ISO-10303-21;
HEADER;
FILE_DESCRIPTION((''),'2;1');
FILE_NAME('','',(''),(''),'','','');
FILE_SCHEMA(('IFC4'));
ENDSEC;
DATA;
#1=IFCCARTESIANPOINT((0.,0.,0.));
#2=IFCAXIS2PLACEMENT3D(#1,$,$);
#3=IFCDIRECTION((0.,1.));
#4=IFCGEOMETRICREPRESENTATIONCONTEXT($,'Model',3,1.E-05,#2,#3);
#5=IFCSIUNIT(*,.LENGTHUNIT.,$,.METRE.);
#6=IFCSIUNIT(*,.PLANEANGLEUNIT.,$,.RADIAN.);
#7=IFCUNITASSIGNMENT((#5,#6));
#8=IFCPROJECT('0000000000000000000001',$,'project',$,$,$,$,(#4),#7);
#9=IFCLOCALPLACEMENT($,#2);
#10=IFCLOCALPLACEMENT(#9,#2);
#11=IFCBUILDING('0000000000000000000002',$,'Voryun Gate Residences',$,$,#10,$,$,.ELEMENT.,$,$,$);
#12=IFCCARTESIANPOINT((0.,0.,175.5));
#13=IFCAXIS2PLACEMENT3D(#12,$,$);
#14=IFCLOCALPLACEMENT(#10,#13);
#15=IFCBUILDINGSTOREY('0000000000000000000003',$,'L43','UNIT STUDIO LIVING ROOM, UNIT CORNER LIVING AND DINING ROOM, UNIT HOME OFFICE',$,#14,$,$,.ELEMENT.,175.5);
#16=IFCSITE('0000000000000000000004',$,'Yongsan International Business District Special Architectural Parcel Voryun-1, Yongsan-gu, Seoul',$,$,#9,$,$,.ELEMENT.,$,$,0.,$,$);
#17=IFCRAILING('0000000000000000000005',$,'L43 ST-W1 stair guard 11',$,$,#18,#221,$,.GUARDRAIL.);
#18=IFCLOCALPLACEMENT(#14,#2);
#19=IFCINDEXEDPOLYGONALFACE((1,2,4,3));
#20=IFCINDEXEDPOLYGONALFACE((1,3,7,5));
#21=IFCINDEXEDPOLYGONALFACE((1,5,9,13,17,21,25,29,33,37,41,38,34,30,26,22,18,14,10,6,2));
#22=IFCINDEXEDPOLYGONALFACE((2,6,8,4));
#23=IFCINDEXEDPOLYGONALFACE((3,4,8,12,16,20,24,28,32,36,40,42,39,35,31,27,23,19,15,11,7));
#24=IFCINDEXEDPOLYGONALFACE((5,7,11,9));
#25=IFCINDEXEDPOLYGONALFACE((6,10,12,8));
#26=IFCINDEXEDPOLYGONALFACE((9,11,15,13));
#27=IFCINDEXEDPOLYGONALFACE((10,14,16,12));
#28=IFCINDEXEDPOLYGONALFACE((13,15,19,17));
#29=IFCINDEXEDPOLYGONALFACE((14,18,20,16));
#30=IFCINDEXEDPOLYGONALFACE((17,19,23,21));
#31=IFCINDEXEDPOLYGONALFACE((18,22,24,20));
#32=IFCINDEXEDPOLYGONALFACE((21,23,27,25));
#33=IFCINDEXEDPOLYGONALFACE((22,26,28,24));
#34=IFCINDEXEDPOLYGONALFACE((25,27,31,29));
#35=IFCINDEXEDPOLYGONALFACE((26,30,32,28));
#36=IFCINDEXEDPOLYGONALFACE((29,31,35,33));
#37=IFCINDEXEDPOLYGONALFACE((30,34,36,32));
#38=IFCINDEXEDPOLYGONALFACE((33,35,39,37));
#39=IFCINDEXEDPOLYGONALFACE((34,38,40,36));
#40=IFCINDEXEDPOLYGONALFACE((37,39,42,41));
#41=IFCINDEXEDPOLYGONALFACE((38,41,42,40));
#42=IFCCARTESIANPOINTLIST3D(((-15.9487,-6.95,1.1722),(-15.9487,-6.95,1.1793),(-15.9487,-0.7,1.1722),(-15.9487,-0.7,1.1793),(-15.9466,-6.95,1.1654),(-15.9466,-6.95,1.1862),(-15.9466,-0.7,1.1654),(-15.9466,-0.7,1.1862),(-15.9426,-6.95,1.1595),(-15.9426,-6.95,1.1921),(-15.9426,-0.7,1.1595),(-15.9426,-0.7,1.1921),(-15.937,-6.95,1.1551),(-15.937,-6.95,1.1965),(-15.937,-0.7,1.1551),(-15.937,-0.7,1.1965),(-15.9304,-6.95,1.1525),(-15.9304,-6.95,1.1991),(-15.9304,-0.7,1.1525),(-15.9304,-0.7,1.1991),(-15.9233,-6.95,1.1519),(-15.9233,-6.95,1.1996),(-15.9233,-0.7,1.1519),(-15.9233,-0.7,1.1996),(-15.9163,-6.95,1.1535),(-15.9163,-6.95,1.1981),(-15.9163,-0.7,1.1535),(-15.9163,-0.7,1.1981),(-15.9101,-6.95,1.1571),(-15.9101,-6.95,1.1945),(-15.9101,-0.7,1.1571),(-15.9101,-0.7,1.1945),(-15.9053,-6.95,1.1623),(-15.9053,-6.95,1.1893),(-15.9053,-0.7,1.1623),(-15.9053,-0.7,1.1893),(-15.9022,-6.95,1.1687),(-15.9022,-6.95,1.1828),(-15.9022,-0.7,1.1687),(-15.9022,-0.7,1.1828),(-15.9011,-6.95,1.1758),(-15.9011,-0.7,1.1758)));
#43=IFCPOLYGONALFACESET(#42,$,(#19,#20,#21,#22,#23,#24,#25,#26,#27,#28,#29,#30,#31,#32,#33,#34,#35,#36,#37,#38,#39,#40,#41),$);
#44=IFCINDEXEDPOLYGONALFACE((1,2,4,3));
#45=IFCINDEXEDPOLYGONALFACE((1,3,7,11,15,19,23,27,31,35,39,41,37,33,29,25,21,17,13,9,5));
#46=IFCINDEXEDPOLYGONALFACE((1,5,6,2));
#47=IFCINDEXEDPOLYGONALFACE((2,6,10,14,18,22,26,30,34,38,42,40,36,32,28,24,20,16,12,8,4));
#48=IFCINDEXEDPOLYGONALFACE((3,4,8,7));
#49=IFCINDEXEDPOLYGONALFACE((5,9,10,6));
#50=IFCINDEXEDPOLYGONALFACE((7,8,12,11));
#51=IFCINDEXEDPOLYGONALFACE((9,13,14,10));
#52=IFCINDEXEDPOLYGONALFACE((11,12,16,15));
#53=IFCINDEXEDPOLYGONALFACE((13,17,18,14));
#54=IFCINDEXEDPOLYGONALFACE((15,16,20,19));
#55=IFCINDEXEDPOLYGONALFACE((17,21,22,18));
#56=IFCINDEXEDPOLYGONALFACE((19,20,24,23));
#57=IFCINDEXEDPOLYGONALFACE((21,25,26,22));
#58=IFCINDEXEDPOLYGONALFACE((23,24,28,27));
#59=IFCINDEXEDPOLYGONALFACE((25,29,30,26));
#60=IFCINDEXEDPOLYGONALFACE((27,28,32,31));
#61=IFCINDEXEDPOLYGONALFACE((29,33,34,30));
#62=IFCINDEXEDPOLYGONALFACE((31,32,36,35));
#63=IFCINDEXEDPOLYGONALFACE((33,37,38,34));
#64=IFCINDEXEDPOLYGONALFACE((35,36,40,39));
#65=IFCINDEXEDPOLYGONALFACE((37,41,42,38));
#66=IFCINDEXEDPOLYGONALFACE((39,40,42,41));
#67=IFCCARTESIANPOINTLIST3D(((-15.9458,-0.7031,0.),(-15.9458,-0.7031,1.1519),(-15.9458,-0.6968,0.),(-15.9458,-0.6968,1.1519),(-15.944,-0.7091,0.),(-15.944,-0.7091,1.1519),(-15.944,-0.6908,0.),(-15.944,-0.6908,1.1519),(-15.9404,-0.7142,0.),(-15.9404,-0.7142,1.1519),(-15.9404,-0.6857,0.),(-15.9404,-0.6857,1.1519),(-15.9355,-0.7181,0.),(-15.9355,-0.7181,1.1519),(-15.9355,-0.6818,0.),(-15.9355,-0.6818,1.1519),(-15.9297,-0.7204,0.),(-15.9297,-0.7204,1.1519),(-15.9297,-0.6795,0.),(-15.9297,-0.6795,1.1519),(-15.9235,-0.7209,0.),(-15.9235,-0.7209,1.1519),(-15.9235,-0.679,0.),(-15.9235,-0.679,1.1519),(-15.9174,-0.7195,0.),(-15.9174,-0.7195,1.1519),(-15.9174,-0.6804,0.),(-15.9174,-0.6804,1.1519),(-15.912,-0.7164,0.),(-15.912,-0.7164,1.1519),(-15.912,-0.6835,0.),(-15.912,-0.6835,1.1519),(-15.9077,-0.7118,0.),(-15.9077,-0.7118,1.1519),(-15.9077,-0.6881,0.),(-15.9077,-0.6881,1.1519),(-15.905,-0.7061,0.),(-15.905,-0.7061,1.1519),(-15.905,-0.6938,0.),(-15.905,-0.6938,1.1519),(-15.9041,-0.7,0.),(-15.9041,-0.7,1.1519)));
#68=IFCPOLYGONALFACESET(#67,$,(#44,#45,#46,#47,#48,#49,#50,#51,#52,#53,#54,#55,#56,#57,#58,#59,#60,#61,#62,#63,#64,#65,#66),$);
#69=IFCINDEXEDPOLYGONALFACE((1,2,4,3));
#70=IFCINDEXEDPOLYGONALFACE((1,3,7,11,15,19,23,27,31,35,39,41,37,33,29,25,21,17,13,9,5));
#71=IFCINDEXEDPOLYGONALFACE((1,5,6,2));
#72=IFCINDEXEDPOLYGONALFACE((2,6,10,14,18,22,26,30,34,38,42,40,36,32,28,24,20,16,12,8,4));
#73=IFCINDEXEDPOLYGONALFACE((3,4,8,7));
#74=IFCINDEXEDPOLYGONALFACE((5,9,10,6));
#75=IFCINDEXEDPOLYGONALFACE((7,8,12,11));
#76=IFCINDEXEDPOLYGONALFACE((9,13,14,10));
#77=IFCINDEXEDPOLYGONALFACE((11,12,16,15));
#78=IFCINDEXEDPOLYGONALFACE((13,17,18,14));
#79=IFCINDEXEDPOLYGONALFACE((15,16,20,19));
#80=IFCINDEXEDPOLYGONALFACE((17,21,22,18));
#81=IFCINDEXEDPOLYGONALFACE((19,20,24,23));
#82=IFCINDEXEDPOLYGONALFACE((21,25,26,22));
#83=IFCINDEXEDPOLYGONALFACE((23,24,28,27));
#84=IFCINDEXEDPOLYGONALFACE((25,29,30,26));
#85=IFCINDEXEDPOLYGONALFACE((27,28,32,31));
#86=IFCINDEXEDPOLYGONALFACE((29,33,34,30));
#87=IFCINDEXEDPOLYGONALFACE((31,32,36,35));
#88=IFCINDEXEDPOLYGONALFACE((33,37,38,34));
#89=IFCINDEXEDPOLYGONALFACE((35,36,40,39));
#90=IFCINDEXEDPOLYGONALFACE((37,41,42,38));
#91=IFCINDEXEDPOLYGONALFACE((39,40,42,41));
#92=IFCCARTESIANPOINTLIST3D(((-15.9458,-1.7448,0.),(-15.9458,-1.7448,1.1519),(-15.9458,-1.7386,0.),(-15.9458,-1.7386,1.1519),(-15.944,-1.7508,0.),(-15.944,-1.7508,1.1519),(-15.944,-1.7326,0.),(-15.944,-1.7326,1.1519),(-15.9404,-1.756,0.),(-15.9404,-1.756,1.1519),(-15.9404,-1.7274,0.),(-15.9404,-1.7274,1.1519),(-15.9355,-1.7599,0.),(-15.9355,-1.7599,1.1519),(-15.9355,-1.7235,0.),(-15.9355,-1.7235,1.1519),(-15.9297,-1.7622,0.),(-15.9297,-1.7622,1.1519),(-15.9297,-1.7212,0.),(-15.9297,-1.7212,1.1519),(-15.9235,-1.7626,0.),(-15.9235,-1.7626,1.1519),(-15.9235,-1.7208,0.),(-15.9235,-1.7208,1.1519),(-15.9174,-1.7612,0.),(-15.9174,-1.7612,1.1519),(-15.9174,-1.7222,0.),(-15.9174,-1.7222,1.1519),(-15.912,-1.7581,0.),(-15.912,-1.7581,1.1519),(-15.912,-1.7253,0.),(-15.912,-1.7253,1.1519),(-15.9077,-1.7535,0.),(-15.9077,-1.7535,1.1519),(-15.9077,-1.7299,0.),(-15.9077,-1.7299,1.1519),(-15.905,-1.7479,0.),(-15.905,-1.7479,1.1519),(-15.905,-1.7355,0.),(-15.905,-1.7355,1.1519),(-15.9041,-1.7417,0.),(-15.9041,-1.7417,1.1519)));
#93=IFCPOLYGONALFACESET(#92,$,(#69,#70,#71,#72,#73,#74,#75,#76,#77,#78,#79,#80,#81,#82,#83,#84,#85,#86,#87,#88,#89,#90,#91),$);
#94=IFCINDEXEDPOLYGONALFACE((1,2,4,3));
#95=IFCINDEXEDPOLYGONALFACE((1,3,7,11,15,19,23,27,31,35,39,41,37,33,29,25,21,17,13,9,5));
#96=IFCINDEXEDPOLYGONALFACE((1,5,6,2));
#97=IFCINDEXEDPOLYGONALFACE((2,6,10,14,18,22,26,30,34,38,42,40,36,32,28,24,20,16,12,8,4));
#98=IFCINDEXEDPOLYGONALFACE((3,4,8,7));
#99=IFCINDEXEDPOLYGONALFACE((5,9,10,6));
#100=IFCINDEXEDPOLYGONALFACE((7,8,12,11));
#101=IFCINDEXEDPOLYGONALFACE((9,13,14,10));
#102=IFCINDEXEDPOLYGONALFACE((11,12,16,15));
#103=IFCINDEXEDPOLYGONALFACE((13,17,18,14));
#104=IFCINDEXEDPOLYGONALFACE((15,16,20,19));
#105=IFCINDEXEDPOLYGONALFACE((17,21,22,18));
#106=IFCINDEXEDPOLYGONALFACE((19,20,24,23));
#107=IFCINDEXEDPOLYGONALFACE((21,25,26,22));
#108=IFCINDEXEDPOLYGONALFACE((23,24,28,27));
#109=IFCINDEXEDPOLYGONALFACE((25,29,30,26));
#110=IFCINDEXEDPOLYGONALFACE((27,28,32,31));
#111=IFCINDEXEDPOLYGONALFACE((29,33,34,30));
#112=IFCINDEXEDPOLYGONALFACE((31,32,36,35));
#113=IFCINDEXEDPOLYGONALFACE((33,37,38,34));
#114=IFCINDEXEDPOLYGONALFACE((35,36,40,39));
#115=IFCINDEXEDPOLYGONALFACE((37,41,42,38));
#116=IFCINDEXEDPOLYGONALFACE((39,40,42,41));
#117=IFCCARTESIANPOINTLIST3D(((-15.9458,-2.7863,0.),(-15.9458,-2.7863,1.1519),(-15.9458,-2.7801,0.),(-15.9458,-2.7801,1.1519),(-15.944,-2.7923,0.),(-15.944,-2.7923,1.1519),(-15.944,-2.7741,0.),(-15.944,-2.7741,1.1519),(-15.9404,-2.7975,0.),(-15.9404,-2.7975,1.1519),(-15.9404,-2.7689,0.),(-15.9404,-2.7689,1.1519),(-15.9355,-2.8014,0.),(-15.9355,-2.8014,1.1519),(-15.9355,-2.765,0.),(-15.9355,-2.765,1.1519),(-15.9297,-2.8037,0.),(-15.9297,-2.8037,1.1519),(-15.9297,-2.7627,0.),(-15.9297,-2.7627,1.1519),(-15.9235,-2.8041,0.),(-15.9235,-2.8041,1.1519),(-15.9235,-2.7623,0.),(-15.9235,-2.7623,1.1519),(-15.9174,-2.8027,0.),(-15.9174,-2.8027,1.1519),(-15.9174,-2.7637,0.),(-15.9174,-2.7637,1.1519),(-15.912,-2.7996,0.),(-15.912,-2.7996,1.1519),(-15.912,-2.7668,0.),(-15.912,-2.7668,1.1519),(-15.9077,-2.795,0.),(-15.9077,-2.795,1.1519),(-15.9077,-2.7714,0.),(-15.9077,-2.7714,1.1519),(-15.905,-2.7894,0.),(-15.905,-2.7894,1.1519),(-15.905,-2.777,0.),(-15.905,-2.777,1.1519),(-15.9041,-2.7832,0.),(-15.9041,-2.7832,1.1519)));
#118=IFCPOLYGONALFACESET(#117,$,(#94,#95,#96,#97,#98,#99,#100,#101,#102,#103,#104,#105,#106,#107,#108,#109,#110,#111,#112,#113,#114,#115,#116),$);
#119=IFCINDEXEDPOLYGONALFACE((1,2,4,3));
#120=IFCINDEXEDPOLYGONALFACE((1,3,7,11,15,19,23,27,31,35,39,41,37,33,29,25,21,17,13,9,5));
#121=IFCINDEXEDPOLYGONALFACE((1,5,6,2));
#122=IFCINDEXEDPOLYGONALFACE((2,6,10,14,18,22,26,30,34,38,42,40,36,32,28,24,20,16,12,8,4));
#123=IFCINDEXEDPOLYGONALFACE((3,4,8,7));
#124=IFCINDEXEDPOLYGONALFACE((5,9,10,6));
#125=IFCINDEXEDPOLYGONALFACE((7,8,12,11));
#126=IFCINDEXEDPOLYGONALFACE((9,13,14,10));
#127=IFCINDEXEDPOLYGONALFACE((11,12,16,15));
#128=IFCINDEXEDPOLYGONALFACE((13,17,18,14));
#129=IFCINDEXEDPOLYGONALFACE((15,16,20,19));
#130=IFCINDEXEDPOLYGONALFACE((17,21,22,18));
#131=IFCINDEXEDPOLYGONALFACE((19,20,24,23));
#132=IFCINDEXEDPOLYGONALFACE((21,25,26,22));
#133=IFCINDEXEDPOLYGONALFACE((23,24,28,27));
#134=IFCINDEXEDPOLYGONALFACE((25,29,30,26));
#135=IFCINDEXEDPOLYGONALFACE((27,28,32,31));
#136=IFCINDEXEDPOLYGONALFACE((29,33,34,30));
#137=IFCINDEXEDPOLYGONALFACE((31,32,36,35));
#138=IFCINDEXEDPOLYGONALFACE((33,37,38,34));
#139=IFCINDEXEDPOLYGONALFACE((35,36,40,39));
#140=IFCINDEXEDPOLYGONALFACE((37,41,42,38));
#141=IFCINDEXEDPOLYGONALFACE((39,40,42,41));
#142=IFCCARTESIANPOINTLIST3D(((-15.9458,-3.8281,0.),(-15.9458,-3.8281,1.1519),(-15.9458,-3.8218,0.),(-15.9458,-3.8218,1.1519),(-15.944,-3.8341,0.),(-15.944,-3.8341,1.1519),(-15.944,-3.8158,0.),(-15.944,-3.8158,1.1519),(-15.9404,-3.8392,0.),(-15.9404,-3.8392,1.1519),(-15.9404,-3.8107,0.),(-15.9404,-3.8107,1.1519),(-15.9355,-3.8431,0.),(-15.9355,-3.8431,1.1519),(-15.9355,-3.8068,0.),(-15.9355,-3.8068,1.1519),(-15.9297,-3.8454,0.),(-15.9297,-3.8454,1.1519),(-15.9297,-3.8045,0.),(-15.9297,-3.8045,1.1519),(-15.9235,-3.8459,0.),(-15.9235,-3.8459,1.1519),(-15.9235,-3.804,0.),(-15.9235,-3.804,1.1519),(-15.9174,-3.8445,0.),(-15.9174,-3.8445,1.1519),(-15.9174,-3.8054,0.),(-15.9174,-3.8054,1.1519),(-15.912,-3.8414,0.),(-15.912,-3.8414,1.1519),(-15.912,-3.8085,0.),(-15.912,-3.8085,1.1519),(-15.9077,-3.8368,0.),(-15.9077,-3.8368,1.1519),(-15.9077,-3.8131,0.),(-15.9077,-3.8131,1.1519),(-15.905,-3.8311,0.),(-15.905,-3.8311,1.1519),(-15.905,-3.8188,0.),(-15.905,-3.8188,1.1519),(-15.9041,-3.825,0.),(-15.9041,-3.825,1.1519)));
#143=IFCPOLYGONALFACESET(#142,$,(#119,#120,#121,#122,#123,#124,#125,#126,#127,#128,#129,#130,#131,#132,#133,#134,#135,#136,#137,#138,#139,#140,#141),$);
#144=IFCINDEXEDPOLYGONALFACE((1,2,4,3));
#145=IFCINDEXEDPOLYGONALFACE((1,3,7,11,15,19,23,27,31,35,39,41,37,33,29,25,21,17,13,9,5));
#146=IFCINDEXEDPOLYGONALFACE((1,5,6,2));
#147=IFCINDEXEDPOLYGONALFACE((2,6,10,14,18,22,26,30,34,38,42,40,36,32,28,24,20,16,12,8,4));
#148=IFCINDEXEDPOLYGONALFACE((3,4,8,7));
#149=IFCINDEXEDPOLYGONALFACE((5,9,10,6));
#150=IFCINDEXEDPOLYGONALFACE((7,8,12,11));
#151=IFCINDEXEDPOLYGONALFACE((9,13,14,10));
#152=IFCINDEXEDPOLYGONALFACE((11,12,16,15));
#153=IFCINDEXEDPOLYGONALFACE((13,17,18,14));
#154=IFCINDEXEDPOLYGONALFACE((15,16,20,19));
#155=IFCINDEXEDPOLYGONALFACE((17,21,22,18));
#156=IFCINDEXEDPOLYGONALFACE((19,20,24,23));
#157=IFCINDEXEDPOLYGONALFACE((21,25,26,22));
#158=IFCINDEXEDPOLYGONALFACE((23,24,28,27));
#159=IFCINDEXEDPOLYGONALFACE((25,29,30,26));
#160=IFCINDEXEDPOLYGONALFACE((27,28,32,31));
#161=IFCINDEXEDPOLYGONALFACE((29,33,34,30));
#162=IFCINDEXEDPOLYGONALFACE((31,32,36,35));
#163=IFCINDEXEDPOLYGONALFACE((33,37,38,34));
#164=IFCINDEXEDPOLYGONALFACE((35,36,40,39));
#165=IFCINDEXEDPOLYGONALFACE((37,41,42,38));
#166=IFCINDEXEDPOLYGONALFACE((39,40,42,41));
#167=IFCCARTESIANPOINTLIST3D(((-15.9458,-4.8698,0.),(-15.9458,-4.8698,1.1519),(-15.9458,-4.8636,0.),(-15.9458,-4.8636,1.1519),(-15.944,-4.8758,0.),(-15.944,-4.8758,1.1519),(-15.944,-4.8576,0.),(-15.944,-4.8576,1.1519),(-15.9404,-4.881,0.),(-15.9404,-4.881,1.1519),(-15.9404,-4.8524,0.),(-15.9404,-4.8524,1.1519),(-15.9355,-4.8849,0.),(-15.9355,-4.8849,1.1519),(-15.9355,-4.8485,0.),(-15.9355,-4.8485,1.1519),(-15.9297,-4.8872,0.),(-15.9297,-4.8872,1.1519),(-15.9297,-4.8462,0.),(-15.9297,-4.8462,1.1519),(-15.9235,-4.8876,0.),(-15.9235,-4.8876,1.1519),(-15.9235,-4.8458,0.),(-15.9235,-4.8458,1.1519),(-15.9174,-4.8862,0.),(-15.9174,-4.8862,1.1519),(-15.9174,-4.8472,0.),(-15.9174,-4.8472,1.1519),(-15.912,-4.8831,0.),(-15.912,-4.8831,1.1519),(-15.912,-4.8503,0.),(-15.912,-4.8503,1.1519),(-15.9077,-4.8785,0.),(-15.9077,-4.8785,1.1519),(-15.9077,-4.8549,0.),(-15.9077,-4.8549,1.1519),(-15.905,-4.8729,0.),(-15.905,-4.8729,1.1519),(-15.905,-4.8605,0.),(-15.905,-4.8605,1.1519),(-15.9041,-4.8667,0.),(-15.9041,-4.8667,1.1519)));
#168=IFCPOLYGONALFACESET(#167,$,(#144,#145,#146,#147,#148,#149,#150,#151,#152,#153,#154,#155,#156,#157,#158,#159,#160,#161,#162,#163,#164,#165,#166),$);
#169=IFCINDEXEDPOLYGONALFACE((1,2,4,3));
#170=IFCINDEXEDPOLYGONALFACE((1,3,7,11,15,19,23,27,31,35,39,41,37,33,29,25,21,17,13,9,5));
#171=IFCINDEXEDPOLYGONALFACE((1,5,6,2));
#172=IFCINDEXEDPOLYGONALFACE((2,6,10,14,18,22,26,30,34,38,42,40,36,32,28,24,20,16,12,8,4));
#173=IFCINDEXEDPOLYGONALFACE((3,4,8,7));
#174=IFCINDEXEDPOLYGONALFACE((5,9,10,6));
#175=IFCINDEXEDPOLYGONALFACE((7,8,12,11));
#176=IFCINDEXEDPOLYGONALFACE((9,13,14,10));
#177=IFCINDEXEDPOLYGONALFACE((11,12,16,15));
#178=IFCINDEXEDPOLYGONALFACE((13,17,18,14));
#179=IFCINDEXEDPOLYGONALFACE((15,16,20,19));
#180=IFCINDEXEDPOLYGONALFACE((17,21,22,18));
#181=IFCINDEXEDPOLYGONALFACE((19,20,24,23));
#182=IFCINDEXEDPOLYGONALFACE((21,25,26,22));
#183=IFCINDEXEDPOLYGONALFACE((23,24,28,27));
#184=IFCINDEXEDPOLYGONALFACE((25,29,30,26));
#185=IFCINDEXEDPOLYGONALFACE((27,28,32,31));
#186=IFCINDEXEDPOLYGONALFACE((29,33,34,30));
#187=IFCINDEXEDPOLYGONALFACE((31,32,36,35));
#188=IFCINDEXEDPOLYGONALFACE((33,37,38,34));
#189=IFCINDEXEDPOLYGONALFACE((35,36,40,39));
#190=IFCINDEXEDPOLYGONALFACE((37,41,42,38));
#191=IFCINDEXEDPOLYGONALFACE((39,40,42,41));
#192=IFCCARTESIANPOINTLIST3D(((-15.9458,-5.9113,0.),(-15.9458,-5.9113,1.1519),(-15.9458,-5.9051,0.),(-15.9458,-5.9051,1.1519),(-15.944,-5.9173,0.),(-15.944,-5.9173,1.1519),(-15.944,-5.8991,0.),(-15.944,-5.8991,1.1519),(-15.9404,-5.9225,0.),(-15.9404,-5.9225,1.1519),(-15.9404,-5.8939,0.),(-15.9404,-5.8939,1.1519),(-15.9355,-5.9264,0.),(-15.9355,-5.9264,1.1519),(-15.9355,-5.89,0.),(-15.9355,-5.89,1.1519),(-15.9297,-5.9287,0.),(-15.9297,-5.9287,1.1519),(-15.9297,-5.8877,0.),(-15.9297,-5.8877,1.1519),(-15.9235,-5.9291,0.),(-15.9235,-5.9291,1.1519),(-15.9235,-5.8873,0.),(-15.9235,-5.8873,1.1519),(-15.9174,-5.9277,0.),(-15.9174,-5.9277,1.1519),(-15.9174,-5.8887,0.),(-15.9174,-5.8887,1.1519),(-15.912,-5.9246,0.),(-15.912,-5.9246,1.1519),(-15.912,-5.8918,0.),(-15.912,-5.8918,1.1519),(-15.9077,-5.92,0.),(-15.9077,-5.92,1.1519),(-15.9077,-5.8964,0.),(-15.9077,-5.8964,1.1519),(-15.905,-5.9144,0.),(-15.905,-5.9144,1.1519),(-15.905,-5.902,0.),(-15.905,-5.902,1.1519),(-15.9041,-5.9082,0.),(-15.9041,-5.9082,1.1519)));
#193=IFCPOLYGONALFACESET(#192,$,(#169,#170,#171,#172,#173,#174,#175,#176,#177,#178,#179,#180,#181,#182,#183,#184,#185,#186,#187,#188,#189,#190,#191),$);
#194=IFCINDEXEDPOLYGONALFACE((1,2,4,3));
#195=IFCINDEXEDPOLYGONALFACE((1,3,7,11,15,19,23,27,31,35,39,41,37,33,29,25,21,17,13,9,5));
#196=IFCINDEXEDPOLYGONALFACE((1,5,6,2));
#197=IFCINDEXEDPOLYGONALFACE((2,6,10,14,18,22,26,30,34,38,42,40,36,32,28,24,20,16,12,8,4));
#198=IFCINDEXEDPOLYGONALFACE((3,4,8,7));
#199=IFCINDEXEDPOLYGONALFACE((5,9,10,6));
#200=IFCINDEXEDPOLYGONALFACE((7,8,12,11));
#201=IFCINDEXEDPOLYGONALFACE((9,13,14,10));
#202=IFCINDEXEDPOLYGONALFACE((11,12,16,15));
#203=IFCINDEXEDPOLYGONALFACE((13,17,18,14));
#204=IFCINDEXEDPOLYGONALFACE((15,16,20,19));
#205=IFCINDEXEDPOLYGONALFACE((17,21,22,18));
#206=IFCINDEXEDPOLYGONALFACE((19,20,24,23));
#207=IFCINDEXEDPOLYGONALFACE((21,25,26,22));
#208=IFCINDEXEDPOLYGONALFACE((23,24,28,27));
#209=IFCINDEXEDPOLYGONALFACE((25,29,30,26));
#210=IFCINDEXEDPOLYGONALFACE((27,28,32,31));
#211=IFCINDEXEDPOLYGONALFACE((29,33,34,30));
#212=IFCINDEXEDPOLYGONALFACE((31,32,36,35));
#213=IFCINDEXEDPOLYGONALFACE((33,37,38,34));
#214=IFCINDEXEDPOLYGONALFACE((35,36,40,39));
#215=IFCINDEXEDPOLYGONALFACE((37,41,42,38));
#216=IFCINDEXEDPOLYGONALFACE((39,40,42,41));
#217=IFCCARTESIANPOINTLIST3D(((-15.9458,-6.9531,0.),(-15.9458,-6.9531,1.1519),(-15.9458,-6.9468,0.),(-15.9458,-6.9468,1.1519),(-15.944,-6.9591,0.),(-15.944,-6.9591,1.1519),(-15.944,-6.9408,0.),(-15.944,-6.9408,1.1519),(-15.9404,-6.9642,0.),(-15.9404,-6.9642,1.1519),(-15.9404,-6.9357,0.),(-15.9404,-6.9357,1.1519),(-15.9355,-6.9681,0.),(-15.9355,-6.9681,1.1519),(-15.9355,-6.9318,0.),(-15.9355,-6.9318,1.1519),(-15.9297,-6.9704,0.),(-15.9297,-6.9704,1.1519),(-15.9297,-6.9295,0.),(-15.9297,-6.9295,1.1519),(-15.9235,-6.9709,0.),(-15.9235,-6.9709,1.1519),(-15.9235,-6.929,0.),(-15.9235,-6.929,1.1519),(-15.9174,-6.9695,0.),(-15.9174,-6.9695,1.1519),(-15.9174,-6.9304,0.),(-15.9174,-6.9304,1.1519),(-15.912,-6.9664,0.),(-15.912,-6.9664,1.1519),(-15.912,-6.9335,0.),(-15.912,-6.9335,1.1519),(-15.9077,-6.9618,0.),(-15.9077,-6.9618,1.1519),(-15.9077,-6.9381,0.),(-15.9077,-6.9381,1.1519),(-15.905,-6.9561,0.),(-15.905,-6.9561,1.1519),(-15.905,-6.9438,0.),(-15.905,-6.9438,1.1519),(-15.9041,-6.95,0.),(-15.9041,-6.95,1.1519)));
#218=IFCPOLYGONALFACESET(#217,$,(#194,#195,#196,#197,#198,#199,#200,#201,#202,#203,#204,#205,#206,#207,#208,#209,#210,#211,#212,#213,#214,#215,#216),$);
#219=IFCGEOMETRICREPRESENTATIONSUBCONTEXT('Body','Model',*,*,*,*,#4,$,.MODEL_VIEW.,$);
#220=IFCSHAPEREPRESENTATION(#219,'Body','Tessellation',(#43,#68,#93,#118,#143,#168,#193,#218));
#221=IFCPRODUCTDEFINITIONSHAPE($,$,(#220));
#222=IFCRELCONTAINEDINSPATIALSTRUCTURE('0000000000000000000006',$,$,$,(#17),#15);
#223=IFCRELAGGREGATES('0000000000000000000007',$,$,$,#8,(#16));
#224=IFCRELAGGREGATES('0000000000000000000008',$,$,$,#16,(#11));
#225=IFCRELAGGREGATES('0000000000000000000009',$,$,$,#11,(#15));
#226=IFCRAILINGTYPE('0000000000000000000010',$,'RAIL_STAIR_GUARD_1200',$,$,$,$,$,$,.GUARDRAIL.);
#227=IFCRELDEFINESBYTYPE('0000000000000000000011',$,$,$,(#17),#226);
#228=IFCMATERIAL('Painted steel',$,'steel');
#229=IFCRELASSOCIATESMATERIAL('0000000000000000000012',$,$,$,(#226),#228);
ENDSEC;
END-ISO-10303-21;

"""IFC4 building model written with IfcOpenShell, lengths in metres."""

from ifc_helpers import new_model, si_unit, direction, frame, origin, origin_2d, place, context, subcontext, project, spatial, circle, extrude, material, type_object, element, save


model = new_model("IFC4")

# Units and contexts
model_context = context("Model", 3, precision=1e-05, world=origin(), true_north=direction((0.0, 1.0)))
body_context = subcontext(model_context, "Body", "Model", "MODEL_VIEW")
ifc_project = project(units=[si_unit("LENGTHUNIT", "METRE"), si_unit("PLANEANGLEUNIT", "RADIAN")], contexts=[model_context])

# Site, building, storey
site_placement = place(None, origin())
site = spatial("IfcSite", under=ifc_project, at=site_placement, Name="Yongsan International Business District Special Architectural Parcel Voryun-1, Yongsan-gu, Seoul", CompositionType="ELEMENT", RefElevation=0.0)
building_placement = place(site_placement, origin())
building = spatial("IfcBuilding", under=site, at=building_placement, Name="Voryun Gate Residences", CompositionType="ELEMENT")
storey_placement = place(building_placement, frame((0.0, 0.0, 175.5)))
storey = spatial("IfcBuildingStorey", under=building, at=storey_placement, Name="L43", Description="UNIT STUDIO LIVING ROOM, UNIT CORNER LIVING AND DINING ROOM, UNIT HOME OFFICE", CompositionType="ELEMENT", Elevation=175.5)

# Railing
ifc_material_1 = material(Name="Painted steel", Category="steel")
railing_type = type_object("IfcRailingType", Name="RAIL_STAIR_GUARD_1200", PredefinedType="GUARDRAIL", material=ifc_material_1)
railing_1_placement = place(storey_placement, frame((-15.925, -0.7, 0.0)))
element("IfcRailing", 1, at=railing_1_placement, inside=storey, type_object=railing_type, Name="L43 ST-W1 stair guard 11", PredefinedType="GUARDRAIL", context=body_context, shape_type="SweptSolid", body=[
    extrude(circle(Radius=0.0239, at=origin_2d()), frame((0.0, 0.0, 1.1758), z_axis=(0.0, -1.0, 0.0), x_axis=(1.0, 0.0, 0.0)), (0.0, 0.0, 1.0), 6.25),
    extrude(circle(Radius=0.021, at=origin_2d()), origin(), (0.0, 0.0, 1.0), 1.1519),
    extrude(circle(Radius=0.021, at=origin_2d()), frame((0.0, -1.0417, 0.0)), (0.0, 0.0, 1.0), 1.1519),
    extrude(circle(Radius=0.021, at=origin_2d()), frame((0.0, -2.0833, 0.0)), (0.0, 0.0, 1.0), 1.1519),
    extrude(circle(Radius=0.021, at=origin_2d()), frame((0.0, -3.125, 0.0)), (0.0, 0.0, 1.0), 1.1519),
    extrude(circle(Radius=0.021, at=origin_2d()), frame((0.0, -4.1667, 0.0)), (0.0, 0.0, 1.0), 1.1519),
    extrude(circle(Radius=0.021, at=origin_2d()), frame((0.0, -5.2083, 0.0)), (0.0, 0.0, 1.0), 1.1519),
    extrude(circle(Radius=0.021, at=origin_2d()), frame((0.0, -6.25, 0.0)), (0.0, 0.0, 1.0), 1.1519),
])

save(model, "model.ifc")
